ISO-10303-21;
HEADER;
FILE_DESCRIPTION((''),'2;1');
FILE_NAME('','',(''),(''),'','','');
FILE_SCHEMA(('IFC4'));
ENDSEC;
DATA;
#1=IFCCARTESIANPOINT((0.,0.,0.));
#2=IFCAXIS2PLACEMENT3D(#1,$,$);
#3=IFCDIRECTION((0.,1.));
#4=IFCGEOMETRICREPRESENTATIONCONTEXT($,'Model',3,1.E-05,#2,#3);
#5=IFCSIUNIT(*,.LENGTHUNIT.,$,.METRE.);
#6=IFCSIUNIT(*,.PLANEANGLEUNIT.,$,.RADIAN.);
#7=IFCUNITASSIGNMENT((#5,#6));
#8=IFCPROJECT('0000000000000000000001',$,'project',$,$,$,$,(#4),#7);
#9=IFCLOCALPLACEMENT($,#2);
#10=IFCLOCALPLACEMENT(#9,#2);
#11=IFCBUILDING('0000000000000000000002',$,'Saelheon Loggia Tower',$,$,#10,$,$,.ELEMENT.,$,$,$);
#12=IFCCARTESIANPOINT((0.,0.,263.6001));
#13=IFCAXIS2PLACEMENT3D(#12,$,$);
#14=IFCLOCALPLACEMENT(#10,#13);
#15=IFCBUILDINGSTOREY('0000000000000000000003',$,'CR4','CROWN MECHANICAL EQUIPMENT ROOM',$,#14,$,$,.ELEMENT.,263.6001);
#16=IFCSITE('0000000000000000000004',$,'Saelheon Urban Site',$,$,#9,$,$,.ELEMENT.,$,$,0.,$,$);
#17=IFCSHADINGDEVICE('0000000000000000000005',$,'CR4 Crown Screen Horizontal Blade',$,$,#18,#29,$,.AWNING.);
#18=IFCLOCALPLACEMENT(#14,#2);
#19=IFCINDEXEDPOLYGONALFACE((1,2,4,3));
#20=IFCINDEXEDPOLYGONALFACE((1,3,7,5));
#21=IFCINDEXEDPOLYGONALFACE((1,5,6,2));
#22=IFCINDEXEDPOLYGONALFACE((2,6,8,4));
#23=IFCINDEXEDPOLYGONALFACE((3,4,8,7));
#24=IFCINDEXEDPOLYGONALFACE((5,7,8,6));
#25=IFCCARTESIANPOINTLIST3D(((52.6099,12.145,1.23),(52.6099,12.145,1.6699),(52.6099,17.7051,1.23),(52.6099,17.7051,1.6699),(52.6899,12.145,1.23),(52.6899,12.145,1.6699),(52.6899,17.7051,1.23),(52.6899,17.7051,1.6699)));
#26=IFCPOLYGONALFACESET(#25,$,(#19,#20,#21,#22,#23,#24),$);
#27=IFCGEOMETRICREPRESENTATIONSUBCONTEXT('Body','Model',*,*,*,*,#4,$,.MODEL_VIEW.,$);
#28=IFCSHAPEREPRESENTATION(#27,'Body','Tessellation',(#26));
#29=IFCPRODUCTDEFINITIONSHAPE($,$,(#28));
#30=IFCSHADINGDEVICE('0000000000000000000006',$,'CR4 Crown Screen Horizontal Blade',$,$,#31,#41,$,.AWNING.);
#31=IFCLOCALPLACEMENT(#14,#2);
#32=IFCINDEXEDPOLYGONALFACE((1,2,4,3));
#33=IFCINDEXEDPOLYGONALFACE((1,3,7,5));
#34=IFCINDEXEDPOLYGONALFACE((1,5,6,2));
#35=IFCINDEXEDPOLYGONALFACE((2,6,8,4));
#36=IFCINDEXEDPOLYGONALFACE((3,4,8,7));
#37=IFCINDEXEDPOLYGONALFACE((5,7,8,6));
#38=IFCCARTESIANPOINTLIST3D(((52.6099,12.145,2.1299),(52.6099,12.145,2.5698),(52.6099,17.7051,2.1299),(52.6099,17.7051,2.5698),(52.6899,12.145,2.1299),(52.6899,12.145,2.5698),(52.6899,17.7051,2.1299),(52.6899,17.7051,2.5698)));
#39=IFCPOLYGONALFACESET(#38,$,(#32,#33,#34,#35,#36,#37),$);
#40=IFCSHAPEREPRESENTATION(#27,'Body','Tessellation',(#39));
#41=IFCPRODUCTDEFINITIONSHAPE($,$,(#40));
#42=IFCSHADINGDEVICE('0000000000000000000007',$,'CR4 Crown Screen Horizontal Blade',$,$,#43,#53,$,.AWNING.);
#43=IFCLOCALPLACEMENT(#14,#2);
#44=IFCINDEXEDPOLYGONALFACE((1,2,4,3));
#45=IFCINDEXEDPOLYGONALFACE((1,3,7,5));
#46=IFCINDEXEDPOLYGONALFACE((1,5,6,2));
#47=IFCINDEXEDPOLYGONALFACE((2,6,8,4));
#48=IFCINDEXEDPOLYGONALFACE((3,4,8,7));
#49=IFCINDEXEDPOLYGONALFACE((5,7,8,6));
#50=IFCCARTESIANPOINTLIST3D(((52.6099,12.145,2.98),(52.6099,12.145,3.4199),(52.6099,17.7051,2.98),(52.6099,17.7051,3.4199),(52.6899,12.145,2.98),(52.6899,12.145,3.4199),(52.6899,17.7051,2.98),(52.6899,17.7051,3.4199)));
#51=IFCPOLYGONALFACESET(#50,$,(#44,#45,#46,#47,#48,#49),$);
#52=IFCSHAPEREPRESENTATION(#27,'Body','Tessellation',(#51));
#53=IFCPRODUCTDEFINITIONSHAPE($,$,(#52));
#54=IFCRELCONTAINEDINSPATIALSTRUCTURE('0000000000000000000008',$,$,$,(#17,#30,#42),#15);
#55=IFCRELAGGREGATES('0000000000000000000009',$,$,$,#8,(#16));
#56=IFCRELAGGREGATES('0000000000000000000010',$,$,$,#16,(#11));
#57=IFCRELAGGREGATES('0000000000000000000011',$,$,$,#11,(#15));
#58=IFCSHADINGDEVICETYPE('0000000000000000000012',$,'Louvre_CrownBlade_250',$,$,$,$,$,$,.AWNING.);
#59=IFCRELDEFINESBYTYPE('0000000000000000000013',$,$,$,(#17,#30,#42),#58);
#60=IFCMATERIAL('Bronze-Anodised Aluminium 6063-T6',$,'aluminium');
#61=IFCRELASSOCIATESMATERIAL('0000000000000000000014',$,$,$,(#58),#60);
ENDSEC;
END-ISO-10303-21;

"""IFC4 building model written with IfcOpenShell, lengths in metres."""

from ifc_helpers import new_model, si_unit, direction, frame, origin, origin_2d, place, context, subcontext, project, spatial, rectangle, extrude, source, transform, mapped, material, material_profile, profile_set, type_object, element, save


model = new_model("IFC4")

# Units and contexts
model_context = context("Model", 3, precision=1e-05, world=origin(), true_north=direction((0.0, 1.0)))
body_context = subcontext(model_context, "Body", "Model", "MODEL_VIEW")
ifc_project = project(units=[si_unit("LENGTHUNIT", "METRE"), si_unit("PLANEANGLEUNIT", "RADIAN")], contexts=[model_context])

# Site, building, storey
site_placement = place(None, origin())
site = spatial("IfcSite", under=ifc_project, at=site_placement, Name="Saelheon Urban Site", CompositionType="ELEMENT", RefElevation=0.0)
building_placement = place(site_placement, origin())
building = spatial("IfcBuilding", under=site, at=building_placement, Name="Saelheon Loggia Tower", CompositionType="ELEMENT")
storey_placement = place(building_placement, frame((0.0, 0.0, 263.6001)))
storey = spatial("IfcBuildingStorey", under=building, at=storey_placement, Name="CR4", Description="CROWN MECHANICAL EQUIPMENT ROOM", CompositionType="ELEMENT", Elevation=263.6001)

# Shared definitions
ifc_material_1 = material(Name="Bronze-Anodised Aluminium 6063-T6", Category="aluminium")

# Shading devices
ifc_material_profile_1 = material_profile(ifc_material_1, rectangle(XDim=0.0801, YDim=0.4399, at=origin_2d()), Name="Louvre_CrownBlade_250")
ifc_profile_set_1 = profile_set([ifc_material_profile_1], Name="Bronze-Anodised Aluminium 6063-T6")
shading_device_type = type_object("IfcShadingDeviceType", Name="Louvre_CrownBlade_250", PredefinedType="AWNING", material=ifc_profile_set_1)
shared_shape_1 = source(origin(), body_context, "Body", "SweptSolid", [
    extrude(rectangle(XDim=0.0801, YDim=0.4399, at=origin_2d()), origin(), (0.0, 0.0, 1.0), 5.5601),
])
for number, where, z_axis, x_axis, name in (
    (1, (52.6499, 12.145, 1.45), (0.0, 1.0, 0.0), (-1.0, 0.0, 0.0), "CR4 Crown Screen Horizontal Blade"),
    (2, (52.6499, 12.145, 2.3499), (0.0, 1.0, 0.0), (-1.0, 0.0, 0.0), "CR4 Crown Screen Horizontal Blade"),
    (3, (52.6499, 12.145, 3.2), (0.0, 1.0, 0.0), (-1.0, 0.0, 0.0), "CR4 Crown Screen Horizontal Blade"),
):
    element("IfcShadingDevice", number, at=place(storey_placement, frame(where, z_axis=z_axis, x_axis=x_axis)), inside=storey, type_object=shading_device_type, Name=name, PredefinedType="AWNING", context=body_context, shape_type="MappedRepresentation", body=[
        mapped(shared_shape_1, transform((0.0, 0.0, 0.0), scale=1.0)),
    ])

save(model, "model.ifc")
